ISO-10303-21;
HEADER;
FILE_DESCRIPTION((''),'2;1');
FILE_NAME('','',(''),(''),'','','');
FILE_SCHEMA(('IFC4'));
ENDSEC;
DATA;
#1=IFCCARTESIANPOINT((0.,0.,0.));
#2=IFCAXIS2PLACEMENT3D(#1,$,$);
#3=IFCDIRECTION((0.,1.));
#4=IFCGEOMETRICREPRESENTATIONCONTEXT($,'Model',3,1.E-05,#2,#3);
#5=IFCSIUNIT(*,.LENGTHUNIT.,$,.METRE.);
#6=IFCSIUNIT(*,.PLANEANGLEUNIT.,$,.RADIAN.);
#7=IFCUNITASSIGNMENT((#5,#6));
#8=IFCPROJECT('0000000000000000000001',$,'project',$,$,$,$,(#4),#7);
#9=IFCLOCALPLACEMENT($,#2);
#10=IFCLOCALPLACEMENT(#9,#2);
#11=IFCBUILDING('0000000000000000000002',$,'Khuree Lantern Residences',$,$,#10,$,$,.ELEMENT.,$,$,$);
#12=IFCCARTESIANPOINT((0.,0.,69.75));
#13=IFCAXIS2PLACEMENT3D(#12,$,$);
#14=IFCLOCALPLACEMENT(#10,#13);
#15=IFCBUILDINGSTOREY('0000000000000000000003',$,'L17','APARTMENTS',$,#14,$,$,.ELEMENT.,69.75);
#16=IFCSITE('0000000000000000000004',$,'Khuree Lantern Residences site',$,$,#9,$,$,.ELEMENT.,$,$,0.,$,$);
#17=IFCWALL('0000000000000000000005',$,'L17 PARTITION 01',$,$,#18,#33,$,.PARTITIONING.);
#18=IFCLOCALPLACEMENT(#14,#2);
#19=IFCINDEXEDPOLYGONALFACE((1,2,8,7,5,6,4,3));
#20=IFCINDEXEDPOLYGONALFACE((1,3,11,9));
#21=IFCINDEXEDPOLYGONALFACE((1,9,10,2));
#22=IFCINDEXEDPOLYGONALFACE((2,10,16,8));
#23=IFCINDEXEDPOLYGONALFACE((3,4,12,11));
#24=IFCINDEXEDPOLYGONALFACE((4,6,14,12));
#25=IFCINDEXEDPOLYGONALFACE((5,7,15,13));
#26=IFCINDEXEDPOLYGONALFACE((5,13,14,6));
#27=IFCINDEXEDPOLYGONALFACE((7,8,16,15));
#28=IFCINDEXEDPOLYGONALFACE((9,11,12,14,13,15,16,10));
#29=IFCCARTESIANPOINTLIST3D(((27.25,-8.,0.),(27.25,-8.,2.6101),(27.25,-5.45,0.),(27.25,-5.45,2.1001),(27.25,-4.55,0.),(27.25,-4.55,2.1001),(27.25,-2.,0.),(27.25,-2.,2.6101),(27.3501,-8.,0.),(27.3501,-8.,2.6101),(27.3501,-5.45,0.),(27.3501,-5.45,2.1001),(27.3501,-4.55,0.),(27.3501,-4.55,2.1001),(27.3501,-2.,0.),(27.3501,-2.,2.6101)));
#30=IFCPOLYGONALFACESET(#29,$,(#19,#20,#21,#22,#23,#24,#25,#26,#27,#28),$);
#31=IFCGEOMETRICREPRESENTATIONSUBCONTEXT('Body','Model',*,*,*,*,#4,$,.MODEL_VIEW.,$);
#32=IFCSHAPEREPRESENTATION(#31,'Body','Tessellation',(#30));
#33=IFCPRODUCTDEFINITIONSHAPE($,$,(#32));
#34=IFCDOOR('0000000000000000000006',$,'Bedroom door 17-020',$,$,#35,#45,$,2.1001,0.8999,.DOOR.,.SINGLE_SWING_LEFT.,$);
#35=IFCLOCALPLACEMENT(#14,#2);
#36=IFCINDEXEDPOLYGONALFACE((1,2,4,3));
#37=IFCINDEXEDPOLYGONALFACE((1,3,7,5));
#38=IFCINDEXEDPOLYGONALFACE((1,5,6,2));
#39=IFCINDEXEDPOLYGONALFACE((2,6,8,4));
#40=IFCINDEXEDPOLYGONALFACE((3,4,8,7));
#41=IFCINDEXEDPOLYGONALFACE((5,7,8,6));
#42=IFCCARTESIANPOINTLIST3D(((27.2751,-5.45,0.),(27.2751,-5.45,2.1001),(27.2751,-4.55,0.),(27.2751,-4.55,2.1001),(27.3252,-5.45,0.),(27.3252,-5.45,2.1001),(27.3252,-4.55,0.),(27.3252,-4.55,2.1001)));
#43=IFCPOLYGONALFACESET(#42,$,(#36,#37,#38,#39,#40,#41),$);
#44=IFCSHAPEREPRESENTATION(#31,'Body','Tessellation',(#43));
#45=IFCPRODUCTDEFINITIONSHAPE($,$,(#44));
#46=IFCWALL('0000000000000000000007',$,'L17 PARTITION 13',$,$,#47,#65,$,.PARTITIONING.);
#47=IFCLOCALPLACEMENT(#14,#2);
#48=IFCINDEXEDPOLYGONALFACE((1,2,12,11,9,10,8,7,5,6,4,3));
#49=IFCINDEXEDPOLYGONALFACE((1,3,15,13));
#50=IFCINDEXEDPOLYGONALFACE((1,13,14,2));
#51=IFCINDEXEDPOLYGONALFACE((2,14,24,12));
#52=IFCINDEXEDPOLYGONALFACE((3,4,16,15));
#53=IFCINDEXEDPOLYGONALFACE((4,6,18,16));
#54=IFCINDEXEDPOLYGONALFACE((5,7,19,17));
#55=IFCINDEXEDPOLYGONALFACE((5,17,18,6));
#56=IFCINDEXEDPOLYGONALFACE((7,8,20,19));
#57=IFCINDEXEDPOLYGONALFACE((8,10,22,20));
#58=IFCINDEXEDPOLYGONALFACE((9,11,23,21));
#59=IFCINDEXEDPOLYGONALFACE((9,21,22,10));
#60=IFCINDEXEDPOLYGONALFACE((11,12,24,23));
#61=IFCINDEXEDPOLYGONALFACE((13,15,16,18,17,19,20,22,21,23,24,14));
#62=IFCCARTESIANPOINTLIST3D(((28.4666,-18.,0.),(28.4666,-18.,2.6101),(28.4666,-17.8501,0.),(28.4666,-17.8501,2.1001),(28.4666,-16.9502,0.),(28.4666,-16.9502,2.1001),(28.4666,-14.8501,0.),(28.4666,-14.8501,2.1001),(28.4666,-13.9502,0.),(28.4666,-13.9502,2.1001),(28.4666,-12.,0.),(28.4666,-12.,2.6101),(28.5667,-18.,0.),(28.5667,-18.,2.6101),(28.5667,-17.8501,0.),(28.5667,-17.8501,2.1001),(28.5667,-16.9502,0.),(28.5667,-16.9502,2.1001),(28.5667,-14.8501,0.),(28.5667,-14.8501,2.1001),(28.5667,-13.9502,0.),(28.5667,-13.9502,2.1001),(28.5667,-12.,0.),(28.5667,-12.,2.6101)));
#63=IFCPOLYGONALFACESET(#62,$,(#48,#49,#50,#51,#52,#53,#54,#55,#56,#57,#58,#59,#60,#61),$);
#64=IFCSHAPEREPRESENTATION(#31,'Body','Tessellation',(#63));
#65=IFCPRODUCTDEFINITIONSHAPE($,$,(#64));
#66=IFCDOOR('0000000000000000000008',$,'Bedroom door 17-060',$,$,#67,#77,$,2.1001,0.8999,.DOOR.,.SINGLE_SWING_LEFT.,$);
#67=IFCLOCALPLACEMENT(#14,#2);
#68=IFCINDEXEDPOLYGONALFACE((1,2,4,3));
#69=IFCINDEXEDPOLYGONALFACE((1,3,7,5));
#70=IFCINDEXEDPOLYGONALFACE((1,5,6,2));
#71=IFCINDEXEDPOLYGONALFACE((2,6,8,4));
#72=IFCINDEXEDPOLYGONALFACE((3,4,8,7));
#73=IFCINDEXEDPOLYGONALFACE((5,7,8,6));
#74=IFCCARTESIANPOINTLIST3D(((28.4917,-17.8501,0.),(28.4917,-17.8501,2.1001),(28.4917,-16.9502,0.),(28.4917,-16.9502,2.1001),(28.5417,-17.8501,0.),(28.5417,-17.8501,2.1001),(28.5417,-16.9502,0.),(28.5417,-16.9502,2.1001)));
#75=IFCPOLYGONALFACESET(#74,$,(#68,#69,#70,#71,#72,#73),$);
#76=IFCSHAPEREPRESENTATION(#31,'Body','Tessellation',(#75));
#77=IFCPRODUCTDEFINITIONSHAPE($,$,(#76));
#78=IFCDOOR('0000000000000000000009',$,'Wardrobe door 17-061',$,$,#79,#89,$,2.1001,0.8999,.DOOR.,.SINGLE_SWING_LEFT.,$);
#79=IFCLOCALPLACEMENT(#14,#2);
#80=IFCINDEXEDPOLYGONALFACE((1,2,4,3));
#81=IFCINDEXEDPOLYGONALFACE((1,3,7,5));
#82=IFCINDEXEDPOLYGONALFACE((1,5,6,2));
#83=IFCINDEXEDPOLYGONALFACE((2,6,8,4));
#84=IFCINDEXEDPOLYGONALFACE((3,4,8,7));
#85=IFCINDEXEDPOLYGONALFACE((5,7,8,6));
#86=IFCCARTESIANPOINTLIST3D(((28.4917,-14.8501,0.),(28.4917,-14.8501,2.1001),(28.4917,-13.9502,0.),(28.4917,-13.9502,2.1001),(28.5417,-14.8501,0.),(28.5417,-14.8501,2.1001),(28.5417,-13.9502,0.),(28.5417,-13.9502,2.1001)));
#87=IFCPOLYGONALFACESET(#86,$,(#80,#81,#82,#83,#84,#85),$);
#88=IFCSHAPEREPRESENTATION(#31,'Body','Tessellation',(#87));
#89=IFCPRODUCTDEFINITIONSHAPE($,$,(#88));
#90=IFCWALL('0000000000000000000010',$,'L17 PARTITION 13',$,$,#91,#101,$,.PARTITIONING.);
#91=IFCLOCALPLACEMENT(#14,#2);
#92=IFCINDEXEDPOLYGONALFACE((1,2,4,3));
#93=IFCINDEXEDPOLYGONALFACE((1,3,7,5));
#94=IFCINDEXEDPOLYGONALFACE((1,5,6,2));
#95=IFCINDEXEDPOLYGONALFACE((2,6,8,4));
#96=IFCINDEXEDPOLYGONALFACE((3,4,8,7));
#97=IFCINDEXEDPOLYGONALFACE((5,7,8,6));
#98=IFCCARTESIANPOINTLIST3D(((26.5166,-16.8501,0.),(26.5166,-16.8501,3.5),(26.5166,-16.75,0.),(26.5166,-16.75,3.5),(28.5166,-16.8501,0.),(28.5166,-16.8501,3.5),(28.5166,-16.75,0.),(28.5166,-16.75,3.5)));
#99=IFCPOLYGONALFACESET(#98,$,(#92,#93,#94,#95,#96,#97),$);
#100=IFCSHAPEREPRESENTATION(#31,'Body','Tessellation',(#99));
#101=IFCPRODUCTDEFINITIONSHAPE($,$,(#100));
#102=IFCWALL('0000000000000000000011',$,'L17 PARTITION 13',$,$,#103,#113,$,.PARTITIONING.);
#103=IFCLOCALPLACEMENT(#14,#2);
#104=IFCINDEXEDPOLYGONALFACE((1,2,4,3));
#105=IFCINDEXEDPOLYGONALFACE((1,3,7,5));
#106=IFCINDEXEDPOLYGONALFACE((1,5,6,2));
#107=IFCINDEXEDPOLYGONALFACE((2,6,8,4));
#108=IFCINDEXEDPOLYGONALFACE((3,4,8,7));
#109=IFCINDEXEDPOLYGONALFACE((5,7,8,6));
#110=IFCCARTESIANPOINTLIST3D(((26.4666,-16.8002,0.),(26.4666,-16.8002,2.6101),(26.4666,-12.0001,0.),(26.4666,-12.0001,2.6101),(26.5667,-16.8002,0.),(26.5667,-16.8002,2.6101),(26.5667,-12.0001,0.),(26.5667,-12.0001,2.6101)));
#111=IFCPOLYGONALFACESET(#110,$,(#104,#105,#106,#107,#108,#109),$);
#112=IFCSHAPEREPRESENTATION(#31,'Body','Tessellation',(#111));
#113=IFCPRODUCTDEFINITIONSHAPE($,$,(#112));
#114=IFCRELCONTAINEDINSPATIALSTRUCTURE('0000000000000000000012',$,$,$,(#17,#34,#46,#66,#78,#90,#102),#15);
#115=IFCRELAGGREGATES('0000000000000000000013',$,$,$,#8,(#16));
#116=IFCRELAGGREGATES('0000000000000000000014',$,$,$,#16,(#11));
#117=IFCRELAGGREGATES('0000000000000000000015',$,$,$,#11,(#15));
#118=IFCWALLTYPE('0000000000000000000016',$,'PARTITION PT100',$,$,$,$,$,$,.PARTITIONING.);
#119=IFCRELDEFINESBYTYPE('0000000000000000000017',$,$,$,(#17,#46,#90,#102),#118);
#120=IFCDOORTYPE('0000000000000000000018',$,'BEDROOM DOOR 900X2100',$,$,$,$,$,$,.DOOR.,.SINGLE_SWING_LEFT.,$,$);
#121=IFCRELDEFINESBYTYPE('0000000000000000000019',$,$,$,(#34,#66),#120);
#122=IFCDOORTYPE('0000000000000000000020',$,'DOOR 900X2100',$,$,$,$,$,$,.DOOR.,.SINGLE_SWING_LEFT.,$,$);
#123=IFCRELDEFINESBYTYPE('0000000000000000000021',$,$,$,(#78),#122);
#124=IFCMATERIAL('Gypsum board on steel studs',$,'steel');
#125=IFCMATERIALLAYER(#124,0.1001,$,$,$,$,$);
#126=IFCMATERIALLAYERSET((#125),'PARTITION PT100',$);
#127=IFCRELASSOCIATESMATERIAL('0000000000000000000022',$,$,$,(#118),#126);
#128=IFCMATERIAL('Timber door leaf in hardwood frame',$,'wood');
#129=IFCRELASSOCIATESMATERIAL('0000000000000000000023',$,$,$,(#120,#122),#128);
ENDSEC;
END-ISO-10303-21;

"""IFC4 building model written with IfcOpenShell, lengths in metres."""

from ifc_helpers import new_model, si_unit, direction, frame, frame_2d, origin, place, context, subcontext, project, spatial, rectangle, extrude, material, layer, layer_set, type_object, element, fill, save


model = new_model("IFC4")

# Units and contexts
model_context = context("Model", 3, precision=1e-05, world=origin(), true_north=direction((0.0, 1.0)))
body_context = subcontext(model_context, "Body", "Model", "MODEL_VIEW")
ifc_project = project(units=[si_unit("LENGTHUNIT", "METRE"), si_unit("PLANEANGLEUNIT", "RADIAN")], contexts=[model_context])

# Site, building, storey
site_placement = place(None, origin())
site = spatial("IfcSite", under=ifc_project, at=site_placement, Name="Khuree Lantern Residences site", CompositionType="ELEMENT", RefElevation=0.0)
building_placement = place(site_placement, origin())
building = spatial("IfcBuilding", under=site, at=building_placement, Name="Khuree Lantern Residences", CompositionType="ELEMENT")
storey_placement = place(building_placement, frame((0.0, 0.0, 69.75)))
storey = spatial("IfcBuildingStorey", under=building, at=storey_placement, Name="L17", Description="APARTMENTS", CompositionType="ELEMENT", Elevation=69.75)

# Shared definitions
ifc_material_1 = material(Name="Timber door leaf in hardwood frame", Category="wood")

# Shared definitions
ifc_material_2 = material(Name="Gypsum board on steel studs", Category="steel")
ifc_layer_1 = layer(ifc_material_2, 0.1001)
ifc_layer_set_1 = layer_set([ifc_layer_1], Name="PARTITION PT100")
wall_type_1 = type_object("IfcWallType", Name="PARTITION PT100", PredefinedType="PARTITIONING", material=ifc_layer_set_1)

# Wall, opening, door
wall_1_placement = place(storey_placement, frame((27.3, -8.0, 0.0), z_axis=(0.0, 0.0, 1.0), x_axis=(0.0, 1.0, 0.0)))
wall_1 = element("IfcWall", 1, at=wall_1_placement, inside=storey, type_object=wall_type_1, Name="L17 PARTITION 01", PredefinedType="PARTITIONING", context=body_context, shape_type="SweptSolid", body=[
    extrude(rectangle(XDim=6.0, YDim=0.1001, at=frame_2d((3.0, 0.0))), origin(), (0.0, 0.0, 1.0), 2.6101),
])
opening_1_placement = place(wall_1_placement, frame((2.55, 0.0, 0.0)))
opening_1 = element("IfcOpeningElement", 2, at=opening_1_placement, cuts=wall_1, PredefinedType="OPENING", context=body_context, shape_type="SweptSolid", body=[
    extrude(rectangle(XDim=0.8999, YDim=2.1001, at=frame_2d((0.45, 1.05))), frame((0.0, 0.0601, 0.0), z_axis=(0.0, -1.0, 0.0), x_axis=(1.0, 0.0, 0.0)), (0.0, 0.0, 1.0), 0.1201),
])
door_type_1 = type_object("IfcDoorType", Name="BEDROOM DOOR 900X2100", OperationType="SINGLE_SWING_LEFT", PredefinedType="DOOR", material=ifc_material_1)
door_1_placement = place(opening_1_placement, origin())
door_1 = element("IfcDoor", 3, at=door_1_placement, inside=storey, type_object=door_type_1, Name="Bedroom door 17-020", OperationType="SINGLE_SWING_LEFT", OverallHeight=2.1001, OverallWidth=0.8999, PredefinedType="DOOR", context=body_context, shape_type="SweptSolid", body=[
    extrude(rectangle(XDim=0.8999, YDim=2.1001, at=frame_2d((0.45, 1.05))), frame((0.0, 0.0249, 0.0), z_axis=(0.0, -1.0, 0.0), x_axis=(1.0, 0.0, 0.0)), (0.0, 0.0, 1.0), 0.05),
])
fill(opening_1, door_1)

# Wall, openings, doors
wall_2_placement = place(storey_placement, frame((28.5166, -18.0, 0.0), z_axis=(0.0, 0.0, 1.0), x_axis=(0.0, 1.0, 0.0)))
wall_2 = element("IfcWall", 4, at=wall_2_placement, inside=storey, type_object=wall_type_1, Name="L17 PARTITION 13", PredefinedType="PARTITIONING", context=body_context, shape_type="SweptSolid", body=[
    extrude(rectangle(XDim=6.0, YDim=0.1001, at=frame_2d((3.0, 0.0))), origin(), (0.0, 0.0, 1.0), 2.6101),
])
opening_2_placement = place(wall_2_placement, frame((0.1499, 0.0, 0.0)))
opening_2 = element("IfcOpeningElement", 5, at=opening_2_placement, cuts=wall_2, PredefinedType="OPENING", context=body_context, shape_type="SweptSolid", body=[
    extrude(rectangle(XDim=0.8999, YDim=2.1001, at=frame_2d((0.45, 1.05))), frame((0.0, 0.0601, 0.0), z_axis=(0.0, -1.0, 0.0), x_axis=(1.0, 0.0, 0.0)), (0.0, 0.0, 1.0), 0.1201),
])
opening_3_placement = place(wall_2_placement, frame((3.1499, 0.0, 0.0)))
opening_3 = element("IfcOpeningElement", 6, at=opening_3_placement, cuts=wall_2, PredefinedType="OPENING", context=body_context, shape_type="SweptSolid", body=[
    extrude(rectangle(XDim=0.8999, YDim=2.1001, at=frame_2d((0.45, 1.05))), frame((0.0, 0.0601, 0.0), z_axis=(0.0, -1.0, 0.0), x_axis=(1.0, 0.0, 0.0)), (0.0, 0.0, 1.0), 0.1201),
])
door_2_placement = place(opening_2_placement, origin())
door_2 = element("IfcDoor", 7, at=door_2_placement, inside=storey, type_object=door_type_1, Name="Bedroom door 17-060", OperationType="SINGLE_SWING_LEFT", OverallHeight=2.1001, OverallWidth=0.8999, PredefinedType="DOOR", context=body_context, shape_type="SweptSolid", body=[
    extrude(rectangle(XDim=0.8999, YDim=2.1001, at=frame_2d((0.45, 1.05))), frame((0.0, 0.0249, 0.0), z_axis=(0.0, -1.0, 0.0), x_axis=(1.0, 0.0, 0.0)), (0.0, 0.0, 1.0), 0.05),
])
fill(opening_2, door_2)
door_type_2 = type_object("IfcDoorType", Name="DOOR 900X2100", OperationType="SINGLE_SWING_LEFT", PredefinedType="DOOR", material=ifc_material_1)
door_3_placement = place(opening_3_placement, origin())
door_3 = element("IfcDoor", 8, at=door_3_placement, inside=storey, type_object=door_type_2, Name="Wardrobe door 17-061", OperationType="SINGLE_SWING_LEFT", OverallHeight=2.1001, OverallWidth=0.8999, PredefinedType="DOOR", context=body_context, shape_type="SweptSolid", body=[
    extrude(rectangle(XDim=0.8999, YDim=2.1001, at=frame_2d((0.45, 1.05))), frame((0.0, 0.0249, 0.0), z_axis=(0.0, -1.0, 0.0), x_axis=(1.0, 0.0, 0.0)), (0.0, 0.0, 1.0), 0.05),
])
fill(opening_3, door_3)

# Walls
wall_3_placement = place(storey_placement, frame((26.5166, -16.8, 0.0), z_axis=(0.0, 0.0, 1.0), x_axis=(1.0, 0.0, 0.0)))
element("IfcWall", 9, at=wall_3_placement, inside=storey, type_object=wall_type_1, Name="L17 PARTITION 13", PredefinedType="PARTITIONING", context=body_context, shape_type="SweptSolid", body=[
    extrude(rectangle(XDim=2.0, YDim=0.1001, at=frame_2d((1.0, 0.0))), origin(), (0.0, 0.0, 1.0), 3.5),
])
wall_4_placement = place(storey_placement, frame((26.5166, -16.8, 0.0), z_axis=(0.0, 0.0, 1.0), x_axis=(0.0, 1.0, 0.0)))
element("IfcWall", 10, at=wall_4_placement, inside=storey, type_object=wall_type_1, Name="L17 PARTITION 13", PredefinedType="PARTITIONING", context=body_context, shape_type="SweptSolid", body=[
    extrude(rectangle(XDim=4.8, YDim=0.1001, at=frame_2d((2.3999, 0.0))), origin(), (0.0, 0.0, 1.0), 2.6101),
])

save(model, "model.ifc")
